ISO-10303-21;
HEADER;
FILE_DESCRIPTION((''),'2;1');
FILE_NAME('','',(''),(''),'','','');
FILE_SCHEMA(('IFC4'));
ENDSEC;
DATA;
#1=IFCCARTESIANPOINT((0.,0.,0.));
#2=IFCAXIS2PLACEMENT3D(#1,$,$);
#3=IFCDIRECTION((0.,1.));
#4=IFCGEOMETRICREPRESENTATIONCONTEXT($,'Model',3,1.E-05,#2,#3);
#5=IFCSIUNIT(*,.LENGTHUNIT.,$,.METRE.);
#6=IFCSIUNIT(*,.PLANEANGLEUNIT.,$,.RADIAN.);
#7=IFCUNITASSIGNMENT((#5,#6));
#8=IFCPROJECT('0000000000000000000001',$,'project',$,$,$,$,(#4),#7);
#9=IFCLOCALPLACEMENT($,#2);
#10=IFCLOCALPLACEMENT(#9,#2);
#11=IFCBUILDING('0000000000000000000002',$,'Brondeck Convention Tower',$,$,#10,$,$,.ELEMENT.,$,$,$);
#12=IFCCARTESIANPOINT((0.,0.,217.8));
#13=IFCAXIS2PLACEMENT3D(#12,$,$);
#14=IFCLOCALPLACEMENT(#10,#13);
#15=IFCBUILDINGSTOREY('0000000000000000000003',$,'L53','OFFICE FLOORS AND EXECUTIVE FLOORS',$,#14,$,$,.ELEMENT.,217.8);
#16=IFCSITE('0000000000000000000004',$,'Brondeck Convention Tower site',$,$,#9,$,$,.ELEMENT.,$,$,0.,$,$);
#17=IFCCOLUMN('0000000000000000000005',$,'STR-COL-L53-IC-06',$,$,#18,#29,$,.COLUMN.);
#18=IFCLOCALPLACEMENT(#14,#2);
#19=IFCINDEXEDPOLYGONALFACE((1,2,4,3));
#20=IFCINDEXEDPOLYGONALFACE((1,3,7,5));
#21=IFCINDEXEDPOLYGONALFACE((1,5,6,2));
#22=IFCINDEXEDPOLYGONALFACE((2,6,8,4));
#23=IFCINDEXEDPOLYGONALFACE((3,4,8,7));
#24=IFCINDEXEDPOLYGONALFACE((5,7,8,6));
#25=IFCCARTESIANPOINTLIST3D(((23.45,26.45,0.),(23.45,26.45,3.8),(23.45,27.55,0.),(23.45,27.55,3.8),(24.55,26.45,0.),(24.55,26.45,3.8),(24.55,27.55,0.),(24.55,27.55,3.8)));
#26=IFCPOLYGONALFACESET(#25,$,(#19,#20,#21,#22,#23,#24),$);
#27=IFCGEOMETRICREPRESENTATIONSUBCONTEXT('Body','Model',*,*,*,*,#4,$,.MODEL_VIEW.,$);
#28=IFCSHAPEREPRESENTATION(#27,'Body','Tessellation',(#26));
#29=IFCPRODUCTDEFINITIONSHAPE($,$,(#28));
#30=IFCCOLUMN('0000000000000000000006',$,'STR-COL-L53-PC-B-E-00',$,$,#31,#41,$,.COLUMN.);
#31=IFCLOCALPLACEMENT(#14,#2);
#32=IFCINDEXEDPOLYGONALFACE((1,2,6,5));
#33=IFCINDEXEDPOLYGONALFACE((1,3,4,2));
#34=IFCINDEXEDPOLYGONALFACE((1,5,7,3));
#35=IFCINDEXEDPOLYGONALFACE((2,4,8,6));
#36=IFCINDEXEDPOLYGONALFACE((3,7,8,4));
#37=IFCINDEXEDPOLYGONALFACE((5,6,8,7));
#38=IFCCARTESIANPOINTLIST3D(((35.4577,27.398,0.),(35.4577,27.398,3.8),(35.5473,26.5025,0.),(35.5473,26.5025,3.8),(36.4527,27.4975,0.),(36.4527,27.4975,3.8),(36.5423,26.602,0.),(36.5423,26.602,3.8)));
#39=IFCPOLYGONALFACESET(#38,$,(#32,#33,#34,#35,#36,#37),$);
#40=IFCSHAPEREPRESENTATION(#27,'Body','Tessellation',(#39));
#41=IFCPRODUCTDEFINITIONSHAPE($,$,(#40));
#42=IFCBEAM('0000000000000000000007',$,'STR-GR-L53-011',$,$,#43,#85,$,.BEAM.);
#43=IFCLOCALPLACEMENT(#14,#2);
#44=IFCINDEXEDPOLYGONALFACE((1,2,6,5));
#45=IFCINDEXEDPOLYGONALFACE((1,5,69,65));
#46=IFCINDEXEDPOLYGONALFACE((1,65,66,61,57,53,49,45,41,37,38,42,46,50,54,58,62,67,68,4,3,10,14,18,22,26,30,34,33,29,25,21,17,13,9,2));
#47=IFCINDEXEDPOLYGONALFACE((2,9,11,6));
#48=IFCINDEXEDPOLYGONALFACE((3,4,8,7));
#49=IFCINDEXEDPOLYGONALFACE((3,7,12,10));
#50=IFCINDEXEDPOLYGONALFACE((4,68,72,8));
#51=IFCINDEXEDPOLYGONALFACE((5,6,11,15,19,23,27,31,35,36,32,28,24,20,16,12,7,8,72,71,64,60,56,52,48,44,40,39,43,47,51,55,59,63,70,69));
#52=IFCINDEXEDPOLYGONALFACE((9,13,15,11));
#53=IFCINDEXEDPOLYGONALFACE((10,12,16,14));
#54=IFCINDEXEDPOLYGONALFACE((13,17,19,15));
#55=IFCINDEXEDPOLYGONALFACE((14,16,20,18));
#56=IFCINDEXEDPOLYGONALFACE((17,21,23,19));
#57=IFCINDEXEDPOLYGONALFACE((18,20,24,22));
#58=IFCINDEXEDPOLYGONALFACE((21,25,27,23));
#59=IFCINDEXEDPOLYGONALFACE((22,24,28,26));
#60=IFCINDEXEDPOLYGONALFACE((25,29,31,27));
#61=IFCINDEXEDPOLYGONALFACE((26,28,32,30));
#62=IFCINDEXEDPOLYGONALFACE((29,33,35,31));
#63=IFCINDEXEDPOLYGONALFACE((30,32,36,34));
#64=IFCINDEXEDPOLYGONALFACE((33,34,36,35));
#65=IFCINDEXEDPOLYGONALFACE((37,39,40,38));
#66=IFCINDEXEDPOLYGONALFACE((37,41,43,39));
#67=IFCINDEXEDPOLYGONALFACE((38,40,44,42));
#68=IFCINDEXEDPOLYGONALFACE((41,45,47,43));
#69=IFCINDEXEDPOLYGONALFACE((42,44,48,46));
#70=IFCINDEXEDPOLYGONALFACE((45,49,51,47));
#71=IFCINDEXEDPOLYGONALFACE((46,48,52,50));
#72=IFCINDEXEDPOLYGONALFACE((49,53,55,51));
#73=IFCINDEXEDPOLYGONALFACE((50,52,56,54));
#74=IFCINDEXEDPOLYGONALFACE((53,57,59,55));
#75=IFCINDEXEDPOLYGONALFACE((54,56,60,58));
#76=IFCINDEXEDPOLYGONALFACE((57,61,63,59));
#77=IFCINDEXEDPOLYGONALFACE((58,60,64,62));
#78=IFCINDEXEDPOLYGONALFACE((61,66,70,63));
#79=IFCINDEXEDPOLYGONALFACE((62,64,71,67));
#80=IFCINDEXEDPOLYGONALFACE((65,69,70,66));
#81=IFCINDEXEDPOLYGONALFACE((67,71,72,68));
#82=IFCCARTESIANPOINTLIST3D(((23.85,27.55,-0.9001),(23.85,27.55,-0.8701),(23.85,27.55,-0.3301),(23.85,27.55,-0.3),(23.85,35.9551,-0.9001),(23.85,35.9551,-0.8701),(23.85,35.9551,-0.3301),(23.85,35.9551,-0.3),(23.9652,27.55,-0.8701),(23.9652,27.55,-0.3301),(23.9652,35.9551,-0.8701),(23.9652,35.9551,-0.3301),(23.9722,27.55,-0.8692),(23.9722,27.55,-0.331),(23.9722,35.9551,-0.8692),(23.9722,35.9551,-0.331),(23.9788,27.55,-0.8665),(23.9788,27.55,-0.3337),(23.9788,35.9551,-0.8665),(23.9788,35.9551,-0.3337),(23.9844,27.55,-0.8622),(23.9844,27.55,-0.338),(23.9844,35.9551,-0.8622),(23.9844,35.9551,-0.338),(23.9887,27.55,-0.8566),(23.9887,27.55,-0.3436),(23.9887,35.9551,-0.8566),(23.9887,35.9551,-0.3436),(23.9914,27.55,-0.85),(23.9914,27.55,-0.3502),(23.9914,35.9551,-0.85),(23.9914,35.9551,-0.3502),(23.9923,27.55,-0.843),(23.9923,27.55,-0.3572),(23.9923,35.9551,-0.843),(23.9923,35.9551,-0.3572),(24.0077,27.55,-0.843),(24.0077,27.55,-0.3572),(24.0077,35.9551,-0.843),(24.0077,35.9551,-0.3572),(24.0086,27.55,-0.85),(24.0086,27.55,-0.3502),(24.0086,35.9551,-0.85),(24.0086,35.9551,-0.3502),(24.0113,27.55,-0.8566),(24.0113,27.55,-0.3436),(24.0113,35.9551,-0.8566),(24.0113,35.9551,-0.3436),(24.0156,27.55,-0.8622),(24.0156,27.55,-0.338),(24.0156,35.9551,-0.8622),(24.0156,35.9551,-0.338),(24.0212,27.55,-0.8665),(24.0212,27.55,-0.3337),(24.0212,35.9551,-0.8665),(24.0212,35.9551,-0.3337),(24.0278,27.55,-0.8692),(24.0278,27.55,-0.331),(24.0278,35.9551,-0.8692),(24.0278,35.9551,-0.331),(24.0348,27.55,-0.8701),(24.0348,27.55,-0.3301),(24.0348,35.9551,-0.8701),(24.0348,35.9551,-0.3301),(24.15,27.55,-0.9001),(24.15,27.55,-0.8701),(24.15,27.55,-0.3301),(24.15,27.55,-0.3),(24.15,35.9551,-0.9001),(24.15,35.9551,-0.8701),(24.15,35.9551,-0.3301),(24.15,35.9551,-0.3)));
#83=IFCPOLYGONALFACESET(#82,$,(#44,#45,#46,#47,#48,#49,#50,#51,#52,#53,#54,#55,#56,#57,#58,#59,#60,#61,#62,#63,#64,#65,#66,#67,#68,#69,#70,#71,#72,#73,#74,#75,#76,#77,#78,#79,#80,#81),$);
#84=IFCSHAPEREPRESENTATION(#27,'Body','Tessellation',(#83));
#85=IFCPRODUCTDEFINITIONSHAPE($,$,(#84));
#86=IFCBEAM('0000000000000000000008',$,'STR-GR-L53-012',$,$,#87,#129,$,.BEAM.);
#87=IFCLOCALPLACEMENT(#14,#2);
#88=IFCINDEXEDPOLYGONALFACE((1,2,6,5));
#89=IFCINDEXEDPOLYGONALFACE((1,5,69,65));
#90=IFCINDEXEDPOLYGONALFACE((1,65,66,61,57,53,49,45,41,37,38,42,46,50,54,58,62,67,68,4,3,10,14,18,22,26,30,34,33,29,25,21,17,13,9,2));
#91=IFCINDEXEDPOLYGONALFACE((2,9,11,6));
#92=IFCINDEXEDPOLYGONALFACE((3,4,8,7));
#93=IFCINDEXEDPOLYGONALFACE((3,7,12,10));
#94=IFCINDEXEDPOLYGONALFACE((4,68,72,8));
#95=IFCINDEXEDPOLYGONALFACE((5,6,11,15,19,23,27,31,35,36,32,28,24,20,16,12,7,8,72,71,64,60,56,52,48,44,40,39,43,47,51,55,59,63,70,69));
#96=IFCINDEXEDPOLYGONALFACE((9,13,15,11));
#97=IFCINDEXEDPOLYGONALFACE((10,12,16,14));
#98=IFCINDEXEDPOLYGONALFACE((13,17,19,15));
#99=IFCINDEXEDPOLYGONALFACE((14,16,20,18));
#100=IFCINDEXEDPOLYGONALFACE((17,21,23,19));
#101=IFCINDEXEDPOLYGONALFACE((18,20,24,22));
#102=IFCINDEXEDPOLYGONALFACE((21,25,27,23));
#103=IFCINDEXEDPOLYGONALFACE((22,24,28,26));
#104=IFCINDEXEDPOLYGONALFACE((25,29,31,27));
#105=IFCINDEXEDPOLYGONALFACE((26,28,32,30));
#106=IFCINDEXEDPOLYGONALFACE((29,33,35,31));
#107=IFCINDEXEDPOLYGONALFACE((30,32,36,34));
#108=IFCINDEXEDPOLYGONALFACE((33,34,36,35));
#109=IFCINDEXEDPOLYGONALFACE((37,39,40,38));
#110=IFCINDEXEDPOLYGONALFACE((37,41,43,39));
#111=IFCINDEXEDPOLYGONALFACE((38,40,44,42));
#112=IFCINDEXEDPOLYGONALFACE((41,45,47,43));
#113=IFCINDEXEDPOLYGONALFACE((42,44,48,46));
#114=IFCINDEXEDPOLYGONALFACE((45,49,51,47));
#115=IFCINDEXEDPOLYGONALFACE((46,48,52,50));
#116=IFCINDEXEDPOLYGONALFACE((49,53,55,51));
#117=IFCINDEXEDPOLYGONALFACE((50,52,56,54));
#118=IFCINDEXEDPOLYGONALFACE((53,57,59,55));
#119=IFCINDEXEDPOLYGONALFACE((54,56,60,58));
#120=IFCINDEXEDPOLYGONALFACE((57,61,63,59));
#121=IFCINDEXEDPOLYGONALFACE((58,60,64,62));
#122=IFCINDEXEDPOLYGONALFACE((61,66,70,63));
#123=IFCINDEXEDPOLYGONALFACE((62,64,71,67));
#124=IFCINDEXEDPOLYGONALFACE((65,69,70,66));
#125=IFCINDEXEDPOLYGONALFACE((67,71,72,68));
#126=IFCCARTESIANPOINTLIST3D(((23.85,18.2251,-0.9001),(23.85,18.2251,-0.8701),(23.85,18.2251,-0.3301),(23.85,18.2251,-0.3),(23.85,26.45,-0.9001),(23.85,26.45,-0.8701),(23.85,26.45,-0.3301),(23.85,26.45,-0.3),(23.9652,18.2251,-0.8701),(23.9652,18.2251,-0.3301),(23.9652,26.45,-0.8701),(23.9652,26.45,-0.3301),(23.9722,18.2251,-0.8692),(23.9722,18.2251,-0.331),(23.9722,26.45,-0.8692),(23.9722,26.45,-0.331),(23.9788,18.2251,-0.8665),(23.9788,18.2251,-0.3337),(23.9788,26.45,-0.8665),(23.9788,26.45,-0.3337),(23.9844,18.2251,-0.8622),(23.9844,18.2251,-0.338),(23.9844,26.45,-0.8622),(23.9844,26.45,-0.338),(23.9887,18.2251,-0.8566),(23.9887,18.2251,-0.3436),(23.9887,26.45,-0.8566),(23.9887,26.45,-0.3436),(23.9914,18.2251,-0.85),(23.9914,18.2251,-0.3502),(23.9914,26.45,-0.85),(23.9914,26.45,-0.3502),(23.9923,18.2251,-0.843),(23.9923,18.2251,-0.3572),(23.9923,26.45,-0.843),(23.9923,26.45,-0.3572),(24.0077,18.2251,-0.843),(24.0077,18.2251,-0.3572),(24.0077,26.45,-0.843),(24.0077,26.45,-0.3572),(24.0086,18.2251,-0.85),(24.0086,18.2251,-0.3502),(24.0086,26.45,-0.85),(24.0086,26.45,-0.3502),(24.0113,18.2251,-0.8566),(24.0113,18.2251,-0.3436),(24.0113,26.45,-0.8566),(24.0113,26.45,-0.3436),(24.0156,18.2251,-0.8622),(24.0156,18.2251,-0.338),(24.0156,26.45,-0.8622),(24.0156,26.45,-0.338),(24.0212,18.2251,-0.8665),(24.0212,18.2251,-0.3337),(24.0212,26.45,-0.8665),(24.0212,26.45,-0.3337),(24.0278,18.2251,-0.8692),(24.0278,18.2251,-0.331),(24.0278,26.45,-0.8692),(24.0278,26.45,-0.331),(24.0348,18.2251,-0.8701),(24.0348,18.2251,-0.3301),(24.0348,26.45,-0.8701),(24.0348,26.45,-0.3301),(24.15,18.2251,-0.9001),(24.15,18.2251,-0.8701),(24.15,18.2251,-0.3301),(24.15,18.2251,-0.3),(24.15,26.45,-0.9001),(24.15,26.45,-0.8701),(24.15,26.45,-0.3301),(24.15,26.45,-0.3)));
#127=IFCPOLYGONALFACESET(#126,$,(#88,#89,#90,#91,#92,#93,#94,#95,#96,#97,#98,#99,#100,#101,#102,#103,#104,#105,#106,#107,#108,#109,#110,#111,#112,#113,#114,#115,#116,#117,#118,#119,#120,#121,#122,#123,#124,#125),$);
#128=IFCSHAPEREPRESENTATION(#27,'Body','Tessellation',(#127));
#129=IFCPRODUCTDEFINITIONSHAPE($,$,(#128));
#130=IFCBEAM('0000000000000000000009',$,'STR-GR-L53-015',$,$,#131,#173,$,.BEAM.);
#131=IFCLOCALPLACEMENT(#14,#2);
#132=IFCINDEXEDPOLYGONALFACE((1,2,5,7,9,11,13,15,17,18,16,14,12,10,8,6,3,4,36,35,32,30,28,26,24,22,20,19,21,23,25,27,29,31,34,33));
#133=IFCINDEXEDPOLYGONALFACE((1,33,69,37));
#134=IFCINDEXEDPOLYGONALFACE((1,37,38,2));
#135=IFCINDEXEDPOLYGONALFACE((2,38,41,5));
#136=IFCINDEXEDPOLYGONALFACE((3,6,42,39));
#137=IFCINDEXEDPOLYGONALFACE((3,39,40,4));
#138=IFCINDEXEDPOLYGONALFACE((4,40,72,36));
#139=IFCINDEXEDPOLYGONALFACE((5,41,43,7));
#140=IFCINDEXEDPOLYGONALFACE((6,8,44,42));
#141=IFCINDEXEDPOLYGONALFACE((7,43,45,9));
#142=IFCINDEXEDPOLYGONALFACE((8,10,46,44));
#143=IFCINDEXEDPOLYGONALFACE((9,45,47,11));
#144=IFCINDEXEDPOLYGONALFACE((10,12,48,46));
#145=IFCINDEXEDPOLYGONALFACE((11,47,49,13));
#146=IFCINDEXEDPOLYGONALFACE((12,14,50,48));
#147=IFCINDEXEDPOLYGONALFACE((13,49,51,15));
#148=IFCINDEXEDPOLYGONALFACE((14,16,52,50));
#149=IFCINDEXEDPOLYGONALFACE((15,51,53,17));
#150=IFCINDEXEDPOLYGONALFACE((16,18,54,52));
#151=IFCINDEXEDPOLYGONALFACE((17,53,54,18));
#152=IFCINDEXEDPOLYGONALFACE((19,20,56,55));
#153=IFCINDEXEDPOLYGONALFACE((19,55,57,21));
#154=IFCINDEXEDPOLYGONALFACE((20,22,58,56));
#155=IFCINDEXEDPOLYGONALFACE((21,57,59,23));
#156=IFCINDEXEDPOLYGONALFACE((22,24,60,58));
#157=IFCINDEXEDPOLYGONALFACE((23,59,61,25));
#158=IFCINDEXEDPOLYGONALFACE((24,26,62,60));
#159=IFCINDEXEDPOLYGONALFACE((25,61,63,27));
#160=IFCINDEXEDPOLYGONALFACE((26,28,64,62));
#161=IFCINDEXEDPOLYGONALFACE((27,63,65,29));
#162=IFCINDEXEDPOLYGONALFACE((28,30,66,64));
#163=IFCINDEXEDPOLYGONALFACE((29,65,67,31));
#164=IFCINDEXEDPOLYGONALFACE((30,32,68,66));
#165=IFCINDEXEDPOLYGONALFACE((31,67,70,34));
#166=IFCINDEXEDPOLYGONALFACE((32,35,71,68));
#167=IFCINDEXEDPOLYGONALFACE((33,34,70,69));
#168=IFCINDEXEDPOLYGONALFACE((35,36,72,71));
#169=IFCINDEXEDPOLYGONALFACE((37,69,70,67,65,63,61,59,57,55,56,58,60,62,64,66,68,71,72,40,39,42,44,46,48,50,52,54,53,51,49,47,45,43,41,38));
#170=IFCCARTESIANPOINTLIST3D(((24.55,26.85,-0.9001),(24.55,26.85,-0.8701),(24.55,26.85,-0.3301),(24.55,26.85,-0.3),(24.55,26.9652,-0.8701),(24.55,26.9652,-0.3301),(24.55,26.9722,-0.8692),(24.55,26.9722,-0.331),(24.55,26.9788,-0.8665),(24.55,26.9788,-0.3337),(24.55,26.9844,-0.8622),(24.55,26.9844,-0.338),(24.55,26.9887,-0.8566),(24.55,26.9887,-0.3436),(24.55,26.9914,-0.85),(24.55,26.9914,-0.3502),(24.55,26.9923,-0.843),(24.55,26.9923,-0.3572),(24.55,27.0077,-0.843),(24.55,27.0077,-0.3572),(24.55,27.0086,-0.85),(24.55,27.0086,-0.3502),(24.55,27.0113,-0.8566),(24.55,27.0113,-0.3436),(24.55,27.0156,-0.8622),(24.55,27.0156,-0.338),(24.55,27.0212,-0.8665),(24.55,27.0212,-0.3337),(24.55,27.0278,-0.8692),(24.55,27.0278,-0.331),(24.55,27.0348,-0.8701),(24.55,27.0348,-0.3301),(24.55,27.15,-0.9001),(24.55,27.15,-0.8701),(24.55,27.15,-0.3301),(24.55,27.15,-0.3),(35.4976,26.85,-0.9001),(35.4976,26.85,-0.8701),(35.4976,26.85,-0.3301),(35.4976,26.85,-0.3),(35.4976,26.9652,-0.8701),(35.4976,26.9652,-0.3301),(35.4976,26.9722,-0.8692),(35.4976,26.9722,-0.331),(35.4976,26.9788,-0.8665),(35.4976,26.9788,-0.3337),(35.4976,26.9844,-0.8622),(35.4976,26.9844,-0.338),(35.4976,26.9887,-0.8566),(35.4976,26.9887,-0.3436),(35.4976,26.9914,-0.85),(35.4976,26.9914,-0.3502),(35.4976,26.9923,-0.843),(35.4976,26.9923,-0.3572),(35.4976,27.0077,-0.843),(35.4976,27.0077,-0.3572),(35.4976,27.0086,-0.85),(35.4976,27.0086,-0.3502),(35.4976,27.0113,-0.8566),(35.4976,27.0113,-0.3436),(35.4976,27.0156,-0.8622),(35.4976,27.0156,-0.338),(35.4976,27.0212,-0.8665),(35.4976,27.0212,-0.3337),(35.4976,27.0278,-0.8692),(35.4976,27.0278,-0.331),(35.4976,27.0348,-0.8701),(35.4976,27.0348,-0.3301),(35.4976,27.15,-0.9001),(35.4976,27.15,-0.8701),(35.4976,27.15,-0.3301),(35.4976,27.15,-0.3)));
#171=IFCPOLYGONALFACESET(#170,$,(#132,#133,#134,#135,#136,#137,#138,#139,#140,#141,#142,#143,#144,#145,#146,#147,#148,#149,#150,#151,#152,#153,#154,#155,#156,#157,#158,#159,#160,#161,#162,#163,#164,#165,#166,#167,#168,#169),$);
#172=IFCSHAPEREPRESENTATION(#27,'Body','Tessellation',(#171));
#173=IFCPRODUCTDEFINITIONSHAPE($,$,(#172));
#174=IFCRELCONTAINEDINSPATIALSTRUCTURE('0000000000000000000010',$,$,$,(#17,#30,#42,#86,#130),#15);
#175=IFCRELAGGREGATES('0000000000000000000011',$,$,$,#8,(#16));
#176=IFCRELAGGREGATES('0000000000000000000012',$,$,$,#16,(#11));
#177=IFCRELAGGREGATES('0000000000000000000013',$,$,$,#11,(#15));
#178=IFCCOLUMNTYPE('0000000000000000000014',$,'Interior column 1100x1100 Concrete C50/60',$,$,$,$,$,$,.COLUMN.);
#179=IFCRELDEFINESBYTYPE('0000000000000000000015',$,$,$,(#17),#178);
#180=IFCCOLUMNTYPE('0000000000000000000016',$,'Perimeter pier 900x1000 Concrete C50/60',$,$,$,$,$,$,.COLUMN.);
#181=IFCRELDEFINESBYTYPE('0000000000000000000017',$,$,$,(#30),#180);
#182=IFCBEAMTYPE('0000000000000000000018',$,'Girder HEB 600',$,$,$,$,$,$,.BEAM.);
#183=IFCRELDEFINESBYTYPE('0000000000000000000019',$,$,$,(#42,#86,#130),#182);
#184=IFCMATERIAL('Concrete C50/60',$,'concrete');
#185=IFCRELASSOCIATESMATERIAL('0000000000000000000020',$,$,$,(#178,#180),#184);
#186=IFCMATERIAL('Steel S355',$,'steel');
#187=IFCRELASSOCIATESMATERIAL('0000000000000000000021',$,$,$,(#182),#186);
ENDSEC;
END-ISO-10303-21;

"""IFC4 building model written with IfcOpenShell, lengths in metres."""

from ifc_helpers import new_model, si_unit, direction, frame, origin, origin_2d, place, context, subcontext, project, spatial, rectangle, i_section, extrude, material, material_profile, profile_set, type_object, element, save


model = new_model("IFC4")

# Units and contexts
model_context = context("Model", 3, precision=1e-05, world=origin(), true_north=direction((0.0, 1.0)))
body_context = subcontext(model_context, "Body", "Model", "MODEL_VIEW")
ifc_project = project(units=[si_unit("LENGTHUNIT", "METRE"), si_unit("PLANEANGLEUNIT", "RADIAN")], contexts=[model_context])

# Site, building, storey
site_placement = place(None, origin())
site = spatial("IfcSite", under=ifc_project, at=site_placement, Name="Brondeck Convention Tower site", CompositionType="ELEMENT", RefElevation=0.0)
building_placement = place(site_placement, origin())
building = spatial("IfcBuilding", under=site, at=building_placement, Name="Brondeck Convention Tower", CompositionType="ELEMENT")
storey_placement = place(building_placement, frame((0.0, 0.0, 217.8)))
storey = spatial("IfcBuildingStorey", under=building, at=storey_placement, Name="L53", Description="OFFICE FLOORS AND EXECUTIVE FLOORS", CompositionType="ELEMENT", Elevation=217.8)

# Columns
ifc_material_1 = material(Name="Concrete C50/60", Category="concrete")
ifc_material_profile_1 = material_profile(ifc_material_1, rectangle(XDim=1.1001, YDim=1.1001, at=origin_2d()), Name="Interior column 1100x1100 Concrete C50/60")
ifc_profile_set_1 = profile_set([ifc_material_profile_1], Name="Concrete C50/60")
column_type_1 = type_object("IfcColumnType", Name="Interior column 1100x1100 Concrete C50/60", PredefinedType="COLUMN", material=ifc_profile_set_1)
column_1_placement = place(storey_placement, frame((24.0, 27.0, 0.0), z_axis=(0.0, 0.0, 1.0), x_axis=(1.0, 0.0, 0.0)))
element("IfcColumn", 1, at=column_1_placement, inside=storey, type_object=column_type_1, Name="STR-COL-L53-IC-06", PredefinedType="COLUMN", context=body_context, shape_type="SweptSolid", body=[
    extrude(rectangle(XDim=1.1001, YDim=1.1001, at=origin_2d()), origin(), (0.0, 0.0, 1.0), 3.8),
])
ifc_material_profile_2 = material_profile(ifc_material_1, rectangle(XDim=0.8999, YDim=1.0, at=origin_2d()), Name="Perimeter pier 900x1000 Concrete C50/60")
ifc_profile_set_2 = profile_set([ifc_material_profile_2], Name="Concrete C50/60")
column_type_2 = type_object("IfcColumnType", Name="Perimeter pier 900x1000 Concrete C50/60", PredefinedType="COLUMN", material=ifc_profile_set_2)
column_2_placement = place(storey_placement, frame((36.0, 27.0, 0.0), z_axis=(0.0, 0.0, 1.0), x_axis=(-0.099504, 0.995037, 0.0)))
element("IfcColumn", 2, at=column_2_placement, inside=storey, type_object=column_type_2, Name="STR-COL-L53-PC-B-E-00", PredefinedType="COLUMN", context=body_context, shape_type="SweptSolid", body=[
    extrude(rectangle(XDim=0.8999, YDim=1.0, at=origin_2d()), origin(), (0.0, 0.0, 1.0), 3.8),
])

# Beams
ifc_material_2 = material(Name="Steel S355", Category="steel")
ifc_material_profile_3 = material_profile(ifc_material_2, i_section(OverallWidth=0.3, OverallDepth=0.6001, WebThickness=0.0154, FlangeThickness=0.03, FilletRadius=0.0271, at=origin_2d()), Name="HEB 600")
ifc_profile_set_3 = profile_set([ifc_material_profile_3], Name="Steel S355")
beam_type = type_object("IfcBeamType", Name="Girder HEB 600", PredefinedType="BEAM", material=ifc_profile_set_3)
beam_1_placement = place(storey_placement, frame((24.0, 35.9551, -0.6001), z_axis=(0.0, -1.0, 0.0), x_axis=(1.0, 0.0, 0.0)))
element("IfcBeam", 3, at=beam_1_placement, inside=storey, type_object=beam_type, Name="STR-GR-L53-011", PredefinedType="BEAM", context=body_context, shape_type="SweptSolid", body=[
    extrude(i_section(OverallWidth=0.3, OverallDepth=0.6001, WebThickness=0.0154, FlangeThickness=0.03, FilletRadius=0.0271, at=origin_2d()), origin(), (0.0, 0.0, 1.0), 8.405),
])
beam_2_placement = place(storey_placement, frame((24.0, 26.45, -0.6001), z_axis=(0.0, -1.0, 0.0), x_axis=(1.0, 0.0, 0.0)))
element("IfcBeam", 4, at=beam_2_placement, inside=storey, type_object=beam_type, Name="STR-GR-L53-012", PredefinedType="BEAM", context=body_context, shape_type="SweptSolid", body=[
    extrude(i_section(OverallWidth=0.3, OverallDepth=0.6001, WebThickness=0.0154, FlangeThickness=0.03, FilletRadius=0.0271, at=origin_2d()), origin(), (0.0, 0.0, 1.0), 8.2249),
])
beam_3_placement = place(storey_placement, frame((24.55, 27.0, -0.6001), z_axis=(1.0, 0.0, 0.0), x_axis=(0.0, 1.0, 0.0)))
element("IfcBeam", 5, at=beam_3_placement, inside=storey, type_object=beam_type, Name="STR-GR-L53-015", PredefinedType="BEAM", context=body_context, shape_type="SweptSolid", body=[
    extrude(i_section(OverallWidth=0.3, OverallDepth=0.6001, WebThickness=0.0154, FlangeThickness=0.03, FilletRadius=0.0271, at=origin_2d()), origin(), (0.0, 0.0, 1.0), 10.9475),
])

save(model, "model.ifc")
